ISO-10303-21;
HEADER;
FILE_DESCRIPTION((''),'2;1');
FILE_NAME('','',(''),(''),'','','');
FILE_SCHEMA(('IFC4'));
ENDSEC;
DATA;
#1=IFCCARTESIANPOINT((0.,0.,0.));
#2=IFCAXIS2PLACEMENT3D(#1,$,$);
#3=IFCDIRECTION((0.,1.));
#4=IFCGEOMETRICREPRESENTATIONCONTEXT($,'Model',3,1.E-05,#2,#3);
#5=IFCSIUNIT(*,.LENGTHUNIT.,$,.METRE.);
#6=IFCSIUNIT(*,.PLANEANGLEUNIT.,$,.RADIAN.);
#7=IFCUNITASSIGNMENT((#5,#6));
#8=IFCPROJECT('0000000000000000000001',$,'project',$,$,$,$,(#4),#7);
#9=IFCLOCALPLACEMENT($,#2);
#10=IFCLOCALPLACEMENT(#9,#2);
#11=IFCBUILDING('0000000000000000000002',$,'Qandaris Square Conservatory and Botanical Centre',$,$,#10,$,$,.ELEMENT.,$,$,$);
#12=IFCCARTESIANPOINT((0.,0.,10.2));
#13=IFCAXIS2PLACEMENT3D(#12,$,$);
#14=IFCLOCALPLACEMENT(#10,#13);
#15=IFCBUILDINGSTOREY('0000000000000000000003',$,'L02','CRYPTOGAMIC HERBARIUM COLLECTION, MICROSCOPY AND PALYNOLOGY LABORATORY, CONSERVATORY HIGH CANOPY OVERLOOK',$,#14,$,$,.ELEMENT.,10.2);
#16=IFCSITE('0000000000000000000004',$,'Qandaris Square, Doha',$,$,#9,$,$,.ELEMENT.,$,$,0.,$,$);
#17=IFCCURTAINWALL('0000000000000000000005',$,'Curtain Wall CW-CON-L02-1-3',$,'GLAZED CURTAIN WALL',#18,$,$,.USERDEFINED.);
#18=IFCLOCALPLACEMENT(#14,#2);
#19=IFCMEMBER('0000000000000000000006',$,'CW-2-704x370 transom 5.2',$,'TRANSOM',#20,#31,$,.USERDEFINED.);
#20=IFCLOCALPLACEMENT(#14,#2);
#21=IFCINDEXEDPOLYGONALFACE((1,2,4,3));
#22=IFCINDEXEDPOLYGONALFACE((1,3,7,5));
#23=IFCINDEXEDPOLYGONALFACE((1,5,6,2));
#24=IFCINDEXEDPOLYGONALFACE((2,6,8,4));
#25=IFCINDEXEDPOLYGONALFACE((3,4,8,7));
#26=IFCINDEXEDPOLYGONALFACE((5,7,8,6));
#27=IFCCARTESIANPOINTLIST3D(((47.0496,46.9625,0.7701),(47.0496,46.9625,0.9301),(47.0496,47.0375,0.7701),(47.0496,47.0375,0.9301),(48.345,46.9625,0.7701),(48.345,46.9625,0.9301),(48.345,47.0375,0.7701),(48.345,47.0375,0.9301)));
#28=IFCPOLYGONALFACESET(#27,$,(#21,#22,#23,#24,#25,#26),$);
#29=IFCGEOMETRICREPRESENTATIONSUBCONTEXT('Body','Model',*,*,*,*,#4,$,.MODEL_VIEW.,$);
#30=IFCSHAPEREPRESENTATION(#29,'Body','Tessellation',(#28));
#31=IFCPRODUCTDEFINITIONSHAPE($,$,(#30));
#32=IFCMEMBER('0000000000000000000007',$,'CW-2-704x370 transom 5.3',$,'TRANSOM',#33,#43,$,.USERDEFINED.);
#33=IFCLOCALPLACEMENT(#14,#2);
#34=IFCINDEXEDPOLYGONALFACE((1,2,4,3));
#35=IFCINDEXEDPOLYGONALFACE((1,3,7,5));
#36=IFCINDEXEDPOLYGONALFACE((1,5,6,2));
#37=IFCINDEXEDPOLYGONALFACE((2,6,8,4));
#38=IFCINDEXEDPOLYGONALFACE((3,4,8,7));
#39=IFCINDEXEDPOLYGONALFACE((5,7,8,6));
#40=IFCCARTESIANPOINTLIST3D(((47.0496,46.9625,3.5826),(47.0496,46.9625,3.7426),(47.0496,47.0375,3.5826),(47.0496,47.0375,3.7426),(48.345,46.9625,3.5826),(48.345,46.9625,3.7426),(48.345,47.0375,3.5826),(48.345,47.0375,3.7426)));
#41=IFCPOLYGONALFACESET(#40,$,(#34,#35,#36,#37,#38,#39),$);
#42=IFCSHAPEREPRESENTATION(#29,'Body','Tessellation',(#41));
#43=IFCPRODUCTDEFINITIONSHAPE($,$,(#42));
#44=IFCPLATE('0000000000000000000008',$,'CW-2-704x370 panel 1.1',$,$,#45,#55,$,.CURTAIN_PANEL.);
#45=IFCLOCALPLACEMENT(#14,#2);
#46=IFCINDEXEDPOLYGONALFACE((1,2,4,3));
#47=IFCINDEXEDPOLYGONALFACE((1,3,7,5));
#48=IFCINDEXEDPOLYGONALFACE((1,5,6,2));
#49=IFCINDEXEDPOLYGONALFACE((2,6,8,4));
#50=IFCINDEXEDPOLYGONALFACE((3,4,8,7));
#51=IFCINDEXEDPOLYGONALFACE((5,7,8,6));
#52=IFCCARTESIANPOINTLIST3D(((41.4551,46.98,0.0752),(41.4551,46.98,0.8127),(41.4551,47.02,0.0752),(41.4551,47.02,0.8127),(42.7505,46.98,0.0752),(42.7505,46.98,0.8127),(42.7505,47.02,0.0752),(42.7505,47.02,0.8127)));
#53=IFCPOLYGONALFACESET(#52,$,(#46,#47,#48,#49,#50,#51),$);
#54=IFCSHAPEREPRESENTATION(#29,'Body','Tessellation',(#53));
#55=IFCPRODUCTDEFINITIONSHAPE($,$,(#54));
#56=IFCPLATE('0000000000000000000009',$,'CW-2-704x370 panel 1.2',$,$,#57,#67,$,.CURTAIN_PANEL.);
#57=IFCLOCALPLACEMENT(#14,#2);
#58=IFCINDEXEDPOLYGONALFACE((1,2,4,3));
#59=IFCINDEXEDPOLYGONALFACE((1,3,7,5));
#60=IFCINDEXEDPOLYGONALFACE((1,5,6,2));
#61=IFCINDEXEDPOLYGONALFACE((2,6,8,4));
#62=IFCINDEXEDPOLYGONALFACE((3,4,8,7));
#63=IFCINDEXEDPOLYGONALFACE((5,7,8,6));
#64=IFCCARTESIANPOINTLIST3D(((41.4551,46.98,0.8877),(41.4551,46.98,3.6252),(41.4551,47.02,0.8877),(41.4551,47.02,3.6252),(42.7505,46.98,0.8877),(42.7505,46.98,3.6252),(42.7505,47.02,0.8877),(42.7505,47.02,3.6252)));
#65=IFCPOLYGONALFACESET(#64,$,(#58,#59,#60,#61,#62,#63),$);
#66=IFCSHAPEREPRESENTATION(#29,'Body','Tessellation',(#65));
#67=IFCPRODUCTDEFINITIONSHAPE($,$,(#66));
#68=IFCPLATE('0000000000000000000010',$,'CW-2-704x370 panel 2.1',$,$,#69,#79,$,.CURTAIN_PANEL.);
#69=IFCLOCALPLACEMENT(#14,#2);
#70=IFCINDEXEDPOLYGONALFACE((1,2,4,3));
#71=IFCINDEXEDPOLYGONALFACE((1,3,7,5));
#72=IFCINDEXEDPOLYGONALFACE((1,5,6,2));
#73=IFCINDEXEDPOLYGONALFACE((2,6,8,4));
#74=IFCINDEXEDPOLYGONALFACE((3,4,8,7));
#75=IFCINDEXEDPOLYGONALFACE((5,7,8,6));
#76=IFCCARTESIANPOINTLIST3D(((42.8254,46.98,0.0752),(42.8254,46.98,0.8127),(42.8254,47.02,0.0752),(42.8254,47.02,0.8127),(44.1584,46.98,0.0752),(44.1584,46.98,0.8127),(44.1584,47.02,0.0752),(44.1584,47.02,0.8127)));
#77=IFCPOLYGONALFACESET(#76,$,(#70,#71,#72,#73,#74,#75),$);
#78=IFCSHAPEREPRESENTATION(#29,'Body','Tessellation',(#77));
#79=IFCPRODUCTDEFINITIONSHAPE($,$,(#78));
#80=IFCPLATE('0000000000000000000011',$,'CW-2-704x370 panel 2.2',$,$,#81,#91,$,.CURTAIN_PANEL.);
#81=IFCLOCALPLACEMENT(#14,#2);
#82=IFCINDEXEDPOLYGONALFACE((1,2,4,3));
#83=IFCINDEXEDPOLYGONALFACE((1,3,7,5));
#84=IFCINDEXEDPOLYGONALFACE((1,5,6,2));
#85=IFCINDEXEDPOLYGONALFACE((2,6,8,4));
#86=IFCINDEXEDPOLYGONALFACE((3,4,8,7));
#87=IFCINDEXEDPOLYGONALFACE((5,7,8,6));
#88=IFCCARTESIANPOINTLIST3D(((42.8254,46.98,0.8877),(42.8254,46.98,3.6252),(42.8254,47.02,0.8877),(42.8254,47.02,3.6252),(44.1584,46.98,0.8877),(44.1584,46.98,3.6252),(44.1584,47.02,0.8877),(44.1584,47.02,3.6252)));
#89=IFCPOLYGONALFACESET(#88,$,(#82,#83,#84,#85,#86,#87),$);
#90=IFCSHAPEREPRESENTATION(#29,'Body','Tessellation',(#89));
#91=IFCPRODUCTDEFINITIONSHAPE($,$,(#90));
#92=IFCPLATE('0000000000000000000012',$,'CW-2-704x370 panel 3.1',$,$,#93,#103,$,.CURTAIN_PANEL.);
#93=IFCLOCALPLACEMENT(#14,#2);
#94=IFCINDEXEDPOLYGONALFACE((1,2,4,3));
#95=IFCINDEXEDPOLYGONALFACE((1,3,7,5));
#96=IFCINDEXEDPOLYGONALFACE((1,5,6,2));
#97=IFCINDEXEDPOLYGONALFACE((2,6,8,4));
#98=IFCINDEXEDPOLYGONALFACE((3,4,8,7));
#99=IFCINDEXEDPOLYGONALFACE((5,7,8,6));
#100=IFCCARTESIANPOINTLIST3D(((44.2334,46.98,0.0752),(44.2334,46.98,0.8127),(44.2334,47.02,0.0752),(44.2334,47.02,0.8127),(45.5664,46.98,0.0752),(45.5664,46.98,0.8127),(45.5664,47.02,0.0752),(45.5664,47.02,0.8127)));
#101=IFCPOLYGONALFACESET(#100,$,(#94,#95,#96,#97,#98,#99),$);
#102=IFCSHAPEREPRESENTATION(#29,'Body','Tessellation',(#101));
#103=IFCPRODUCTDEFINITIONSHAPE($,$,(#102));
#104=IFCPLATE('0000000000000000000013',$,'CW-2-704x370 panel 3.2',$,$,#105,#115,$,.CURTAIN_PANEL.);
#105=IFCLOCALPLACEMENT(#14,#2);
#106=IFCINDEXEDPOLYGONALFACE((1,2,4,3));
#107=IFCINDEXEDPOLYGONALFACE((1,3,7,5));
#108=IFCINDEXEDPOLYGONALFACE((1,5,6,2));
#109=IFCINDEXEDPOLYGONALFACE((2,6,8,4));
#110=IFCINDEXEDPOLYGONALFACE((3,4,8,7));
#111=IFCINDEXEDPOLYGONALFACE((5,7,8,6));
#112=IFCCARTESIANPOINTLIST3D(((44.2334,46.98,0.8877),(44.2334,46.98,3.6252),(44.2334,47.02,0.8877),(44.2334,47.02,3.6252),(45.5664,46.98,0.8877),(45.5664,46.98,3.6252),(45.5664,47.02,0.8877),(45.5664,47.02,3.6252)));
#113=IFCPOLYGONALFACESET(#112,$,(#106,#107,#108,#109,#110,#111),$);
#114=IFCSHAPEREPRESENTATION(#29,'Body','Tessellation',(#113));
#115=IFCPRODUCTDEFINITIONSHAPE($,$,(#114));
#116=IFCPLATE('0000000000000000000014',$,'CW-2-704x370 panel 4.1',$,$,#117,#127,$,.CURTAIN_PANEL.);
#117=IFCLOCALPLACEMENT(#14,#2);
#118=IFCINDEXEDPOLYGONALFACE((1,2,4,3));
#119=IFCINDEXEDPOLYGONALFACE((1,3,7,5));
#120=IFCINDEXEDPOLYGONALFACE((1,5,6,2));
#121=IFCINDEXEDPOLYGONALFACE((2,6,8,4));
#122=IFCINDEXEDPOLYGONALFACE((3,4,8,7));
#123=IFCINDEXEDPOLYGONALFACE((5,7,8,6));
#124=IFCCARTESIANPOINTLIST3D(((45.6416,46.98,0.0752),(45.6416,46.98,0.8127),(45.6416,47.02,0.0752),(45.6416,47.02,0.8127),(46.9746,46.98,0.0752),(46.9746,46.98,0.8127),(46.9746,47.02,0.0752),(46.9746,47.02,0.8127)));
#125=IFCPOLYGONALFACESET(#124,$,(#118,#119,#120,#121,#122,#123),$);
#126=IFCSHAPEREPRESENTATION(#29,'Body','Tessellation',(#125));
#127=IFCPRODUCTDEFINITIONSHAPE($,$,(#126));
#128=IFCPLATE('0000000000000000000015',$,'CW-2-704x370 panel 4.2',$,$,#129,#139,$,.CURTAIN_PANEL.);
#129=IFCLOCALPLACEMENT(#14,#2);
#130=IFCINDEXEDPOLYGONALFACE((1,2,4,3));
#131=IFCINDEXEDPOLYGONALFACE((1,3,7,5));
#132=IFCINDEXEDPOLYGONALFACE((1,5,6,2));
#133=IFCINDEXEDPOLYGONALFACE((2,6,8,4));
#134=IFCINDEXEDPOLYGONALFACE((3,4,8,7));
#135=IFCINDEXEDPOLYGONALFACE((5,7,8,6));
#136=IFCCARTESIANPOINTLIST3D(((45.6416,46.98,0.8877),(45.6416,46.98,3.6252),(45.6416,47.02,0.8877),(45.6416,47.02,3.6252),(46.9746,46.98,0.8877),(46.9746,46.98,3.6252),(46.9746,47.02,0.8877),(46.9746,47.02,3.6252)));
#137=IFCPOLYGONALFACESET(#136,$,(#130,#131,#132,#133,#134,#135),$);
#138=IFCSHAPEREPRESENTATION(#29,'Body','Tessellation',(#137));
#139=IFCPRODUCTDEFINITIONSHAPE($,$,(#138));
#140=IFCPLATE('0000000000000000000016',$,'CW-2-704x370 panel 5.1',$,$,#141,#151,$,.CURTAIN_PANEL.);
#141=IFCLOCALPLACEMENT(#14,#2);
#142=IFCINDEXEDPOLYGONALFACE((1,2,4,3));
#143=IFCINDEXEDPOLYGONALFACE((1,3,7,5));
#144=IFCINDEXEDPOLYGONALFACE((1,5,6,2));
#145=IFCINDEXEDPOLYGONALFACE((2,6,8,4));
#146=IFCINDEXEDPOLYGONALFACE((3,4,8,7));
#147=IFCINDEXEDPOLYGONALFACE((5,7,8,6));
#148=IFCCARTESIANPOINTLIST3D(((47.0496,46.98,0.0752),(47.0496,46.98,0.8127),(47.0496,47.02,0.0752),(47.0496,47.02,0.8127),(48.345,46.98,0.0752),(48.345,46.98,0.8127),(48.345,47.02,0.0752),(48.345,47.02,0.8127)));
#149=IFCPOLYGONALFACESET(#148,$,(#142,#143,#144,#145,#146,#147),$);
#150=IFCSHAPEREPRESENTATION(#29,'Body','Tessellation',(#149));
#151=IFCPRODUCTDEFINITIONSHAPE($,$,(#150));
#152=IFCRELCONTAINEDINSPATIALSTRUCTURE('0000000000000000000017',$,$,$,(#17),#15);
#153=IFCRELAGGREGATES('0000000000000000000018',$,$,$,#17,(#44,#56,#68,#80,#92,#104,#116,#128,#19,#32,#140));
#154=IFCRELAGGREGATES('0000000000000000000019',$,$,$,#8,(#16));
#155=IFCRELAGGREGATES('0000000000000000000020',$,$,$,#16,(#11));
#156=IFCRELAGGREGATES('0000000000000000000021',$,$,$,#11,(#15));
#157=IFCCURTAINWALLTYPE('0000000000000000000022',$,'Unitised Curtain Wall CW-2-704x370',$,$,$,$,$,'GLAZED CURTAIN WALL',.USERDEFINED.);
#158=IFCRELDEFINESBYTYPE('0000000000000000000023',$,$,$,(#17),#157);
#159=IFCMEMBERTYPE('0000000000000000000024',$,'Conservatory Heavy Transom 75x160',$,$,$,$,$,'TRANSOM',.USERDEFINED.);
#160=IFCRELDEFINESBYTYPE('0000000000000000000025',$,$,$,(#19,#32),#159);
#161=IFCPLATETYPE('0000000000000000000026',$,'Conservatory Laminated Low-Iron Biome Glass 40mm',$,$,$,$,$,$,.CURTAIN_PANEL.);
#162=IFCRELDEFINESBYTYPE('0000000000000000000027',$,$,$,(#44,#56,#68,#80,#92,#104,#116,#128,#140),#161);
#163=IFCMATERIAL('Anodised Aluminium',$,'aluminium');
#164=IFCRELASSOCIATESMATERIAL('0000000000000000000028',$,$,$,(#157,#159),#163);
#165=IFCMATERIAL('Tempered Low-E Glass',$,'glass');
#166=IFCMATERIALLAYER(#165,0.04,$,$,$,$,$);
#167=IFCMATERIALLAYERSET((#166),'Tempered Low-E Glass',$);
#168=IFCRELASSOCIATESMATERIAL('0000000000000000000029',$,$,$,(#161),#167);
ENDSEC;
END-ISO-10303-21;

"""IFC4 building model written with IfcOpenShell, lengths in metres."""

from ifc_helpers import new_model, si_unit, direction, frame, origin, origin_2d, place, context, subcontext, project, spatial, rectangle, extrude, material, layer, layer_set, material_profile, profile_set, type_object, element, aggregate, save


model = new_model("IFC4")

# Units and contexts
model_context = context("Model", 3, precision=1e-05, world=origin(), true_north=direction((0.0, 1.0)))
body_context = subcontext(model_context, "Body", "Model", "MODEL_VIEW")
ifc_project = project(units=[si_unit("LENGTHUNIT", "METRE"), si_unit("PLANEANGLEUNIT", "RADIAN")], contexts=[model_context])

# Site, building, storey
site_placement = place(None, origin())
site = spatial("IfcSite", under=ifc_project, at=site_placement, Name="Qandaris Square, Doha", CompositionType="ELEMENT", RefElevation=0.0)
building_placement = place(site_placement, origin())
building = spatial("IfcBuilding", under=site, at=building_placement, Name="Qandaris Square Conservatory and Botanical Centre", CompositionType="ELEMENT")
storey_placement = place(building_placement, frame((0.0, 0.0, 10.2)))
storey = spatial("IfcBuildingStorey", under=building, at=storey_placement, Name="L02", Description="CRYPTOGAMIC HERBARIUM COLLECTION, MICROSCOPY AND PALYNOLOGY LABORATORY, CONSERVATORY HIGH CANOPY OVERLOOK", CompositionType="ELEMENT", Elevation=10.2)

# Curtain wall, members, plates
ifc_material_1 = material(Name="Anodised Aluminium", Category="aluminium")
curtain_wall_type = type_object("IfcCurtainWallType", Name="Unitised Curtain Wall CW-2-704x370", ElementType="GLAZED CURTAIN WALL", PredefinedType="USERDEFINED", material=ifc_material_1)
curtain_wall_placement = place(storey_placement, origin())
curtain_wall = element("IfcCurtainWall", 1, at=curtain_wall_placement, inside=storey, type_object=curtain_wall_type, Name="Curtain Wall CW-CON-L02-1-3", ObjectType="GLAZED CURTAIN WALL", PredefinedType="USERDEFINED")
ifc_material_profile_1 = material_profile(ifc_material_1, rectangle(XDim=0.075, YDim=0.1599, at=origin_2d()), Name="ALU-TRN 75x160")
ifc_profile_set_1 = profile_set([ifc_material_profile_1], Name="Anodised Aluminium")
member_type_1 = type_object("IfcMemberType", Name="Conservatory Heavy Transom 75x160", ElementType="TRANSOM", PredefinedType="USERDEFINED", material=ifc_profile_set_1)
member_1_placement = place(storey_placement, frame((47.0496, 47.0, 0.8501), z_axis=(1.0, 0.0, 0.0), x_axis=(0.0, 1.0, 0.0)))
member_1 = element("IfcMember", 2, at=member_1_placement, type_object=member_type_1, Name="CW-2-704x370 transom 5.2", ObjectType="TRANSOM", PredefinedType="USERDEFINED", context=body_context, shape_type="SweptSolid", body=[
    extrude(rectangle(XDim=0.075, YDim=0.1599, at=origin_2d()), origin(), (0.0, 0.0, 1.0), 1.2954),
])
member_2_placement = place(storey_placement, frame((47.0496, 47.0, 3.6626), z_axis=(1.0, 0.0, 0.0), x_axis=(0.0, 1.0, 0.0)))
member_2 = element("IfcMember", 3, at=member_2_placement, type_object=member_type_1, Name="CW-2-704x370 transom 5.3", ObjectType="TRANSOM", PredefinedType="USERDEFINED", context=body_context, shape_type="SweptSolid", body=[
    extrude(rectangle(XDim=0.075, YDim=0.1599, at=origin_2d()), origin(), (0.0, 0.0, 1.0), 1.2954),
])
ifc_material_2 = material(Name="Tempered Low-E Glass", Category="glass")
ifc_layer = layer(ifc_material_2, 0.04)
ifc_layer_set = layer_set([ifc_layer], Name="Tempered Low-E Glass")
plate_type = type_object("IfcPlateType", Name="Conservatory Laminated Low-Iron Biome Glass 40mm", PredefinedType="CURTAIN_PANEL", material=ifc_layer_set)
plate_1_placement = place(storey_placement, frame((42.1028, 47.0, 0.0752), z_axis=(0.0, 0.0, 1.0), x_axis=(1.0, 0.0, 0.0)))
plate_1 = element("IfcPlate", 4, at=plate_1_placement, type_object=plate_type, Name="CW-2-704x370 panel 1.1", PredefinedType="CURTAIN_PANEL", context=body_context, shape_type="SweptSolid", body=[
    extrude(rectangle(XDim=1.2954, YDim=0.04, at=origin_2d()), origin(), (0.0, 0.0, 1.0), 0.7375),
])
plate_2_placement = place(storey_placement, frame((42.1028, 47.0, 0.8877), z_axis=(0.0, 0.0, 1.0), x_axis=(1.0, 0.0, 0.0)))
plate_2 = element("IfcPlate", 5, at=plate_2_placement, type_object=plate_type, Name="CW-2-704x370 panel 1.2", PredefinedType="CURTAIN_PANEL", context=body_context, shape_type="SweptSolid", body=[
    extrude(rectangle(XDim=1.2954, YDim=0.04, at=origin_2d()), origin(), (0.0, 0.0, 1.0), 2.7375),
])
plate_3_placement = place(storey_placement, frame((43.4919, 47.0, 0.0752), z_axis=(0.0, 0.0, 1.0), x_axis=(1.0, 0.0, 0.0)))
plate_3 = element("IfcPlate", 6, at=plate_3_placement, type_object=plate_type, Name="CW-2-704x370 panel 2.1", PredefinedType="CURTAIN_PANEL", context=body_context, shape_type="SweptSolid", body=[
    extrude(rectangle(XDim=1.333, YDim=0.04, at=origin_2d()), origin(), (0.0, 0.0, 1.0), 0.7375),
])
plate_4_placement = place(storey_placement, frame((43.4919, 47.0, 0.8877), z_axis=(0.0, 0.0, 1.0), x_axis=(1.0, 0.0, 0.0)))
plate_4 = element("IfcPlate", 7, at=plate_4_placement, type_object=plate_type, Name="CW-2-704x370 panel 2.2", PredefinedType="CURTAIN_PANEL", context=body_context, shape_type="SweptSolid", body=[
    extrude(rectangle(XDim=1.333, YDim=0.04, at=origin_2d()), origin(), (0.0, 0.0, 1.0), 2.7375),
])
plate_5_placement = place(storey_placement, frame((44.8999, 47.0, 0.0752), z_axis=(0.0, 0.0, 1.0), x_axis=(1.0, 0.0, 0.0)))
plate_5 = element("IfcPlate", 8, at=plate_5_placement, type_object=plate_type, Name="CW-2-704x370 panel 3.1", PredefinedType="CURTAIN_PANEL", context=body_context, shape_type="SweptSolid", body=[
    extrude(rectangle(XDim=1.333, YDim=0.04, at=origin_2d()), origin(), (0.0, 0.0, 1.0), 0.7375),
])
plate_6_placement = place(storey_placement, frame((44.8999, 47.0, 0.8877), z_axis=(0.0, 0.0, 1.0), x_axis=(1.0, 0.0, 0.0)))
plate_6 = element("IfcPlate", 9, at=plate_6_placement, type_object=plate_type, Name="CW-2-704x370 panel 3.2", PredefinedType="CURTAIN_PANEL", context=body_context, shape_type="SweptSolid", body=[
    extrude(rectangle(XDim=1.333, YDim=0.04, at=origin_2d()), origin(), (0.0, 0.0, 1.0), 2.7375),
])
plate_7_placement = place(storey_placement, frame((46.3081, 47.0, 0.0752), z_axis=(0.0, 0.0, 1.0), x_axis=(1.0, 0.0, 0.0)))
plate_7 = element("IfcPlate", 10, at=plate_7_placement, type_object=plate_type, Name="CW-2-704x370 panel 4.1", PredefinedType="CURTAIN_PANEL", context=body_context, shape_type="SweptSolid", body=[
    extrude(rectangle(XDim=1.333, YDim=0.04, at=origin_2d()), origin(), (0.0, 0.0, 1.0), 0.7375),
])
plate_8_placement = place(storey_placement, frame((46.3081, 47.0, 0.8877), z_axis=(0.0, 0.0, 1.0), x_axis=(1.0, 0.0, 0.0)))
plate_8 = element("IfcPlate", 11, at=plate_8_placement, type_object=plate_type, Name="CW-2-704x370 panel 4.2", PredefinedType="CURTAIN_PANEL", context=body_context, shape_type="SweptSolid", body=[
    extrude(rectangle(XDim=1.333, YDim=0.04, at=origin_2d()), origin(), (0.0, 0.0, 1.0), 2.7375),
])
plate_9_placement = place(storey_placement, frame((47.6973, 47.0, 0.0752), z_axis=(0.0, 0.0, 1.0), x_axis=(1.0, 0.0, 0.0)))
plate_9 = element("IfcPlate", 12, at=plate_9_placement, type_object=plate_type, Name="CW-2-704x370 panel 5.1", PredefinedType="CURTAIN_PANEL", context=body_context, shape_type="SweptSolid", body=[
    extrude(rectangle(XDim=1.2954, YDim=0.04, at=origin_2d()), origin(), (0.0, 0.0, 1.0), 0.7375),
])
aggregate(curtain_wall, [plate_1, plate_2, plate_3, plate_4, plate_5, plate_6, plate_7, plate_8, member_1, member_2, plate_9])

save(model, "model.ifc")
